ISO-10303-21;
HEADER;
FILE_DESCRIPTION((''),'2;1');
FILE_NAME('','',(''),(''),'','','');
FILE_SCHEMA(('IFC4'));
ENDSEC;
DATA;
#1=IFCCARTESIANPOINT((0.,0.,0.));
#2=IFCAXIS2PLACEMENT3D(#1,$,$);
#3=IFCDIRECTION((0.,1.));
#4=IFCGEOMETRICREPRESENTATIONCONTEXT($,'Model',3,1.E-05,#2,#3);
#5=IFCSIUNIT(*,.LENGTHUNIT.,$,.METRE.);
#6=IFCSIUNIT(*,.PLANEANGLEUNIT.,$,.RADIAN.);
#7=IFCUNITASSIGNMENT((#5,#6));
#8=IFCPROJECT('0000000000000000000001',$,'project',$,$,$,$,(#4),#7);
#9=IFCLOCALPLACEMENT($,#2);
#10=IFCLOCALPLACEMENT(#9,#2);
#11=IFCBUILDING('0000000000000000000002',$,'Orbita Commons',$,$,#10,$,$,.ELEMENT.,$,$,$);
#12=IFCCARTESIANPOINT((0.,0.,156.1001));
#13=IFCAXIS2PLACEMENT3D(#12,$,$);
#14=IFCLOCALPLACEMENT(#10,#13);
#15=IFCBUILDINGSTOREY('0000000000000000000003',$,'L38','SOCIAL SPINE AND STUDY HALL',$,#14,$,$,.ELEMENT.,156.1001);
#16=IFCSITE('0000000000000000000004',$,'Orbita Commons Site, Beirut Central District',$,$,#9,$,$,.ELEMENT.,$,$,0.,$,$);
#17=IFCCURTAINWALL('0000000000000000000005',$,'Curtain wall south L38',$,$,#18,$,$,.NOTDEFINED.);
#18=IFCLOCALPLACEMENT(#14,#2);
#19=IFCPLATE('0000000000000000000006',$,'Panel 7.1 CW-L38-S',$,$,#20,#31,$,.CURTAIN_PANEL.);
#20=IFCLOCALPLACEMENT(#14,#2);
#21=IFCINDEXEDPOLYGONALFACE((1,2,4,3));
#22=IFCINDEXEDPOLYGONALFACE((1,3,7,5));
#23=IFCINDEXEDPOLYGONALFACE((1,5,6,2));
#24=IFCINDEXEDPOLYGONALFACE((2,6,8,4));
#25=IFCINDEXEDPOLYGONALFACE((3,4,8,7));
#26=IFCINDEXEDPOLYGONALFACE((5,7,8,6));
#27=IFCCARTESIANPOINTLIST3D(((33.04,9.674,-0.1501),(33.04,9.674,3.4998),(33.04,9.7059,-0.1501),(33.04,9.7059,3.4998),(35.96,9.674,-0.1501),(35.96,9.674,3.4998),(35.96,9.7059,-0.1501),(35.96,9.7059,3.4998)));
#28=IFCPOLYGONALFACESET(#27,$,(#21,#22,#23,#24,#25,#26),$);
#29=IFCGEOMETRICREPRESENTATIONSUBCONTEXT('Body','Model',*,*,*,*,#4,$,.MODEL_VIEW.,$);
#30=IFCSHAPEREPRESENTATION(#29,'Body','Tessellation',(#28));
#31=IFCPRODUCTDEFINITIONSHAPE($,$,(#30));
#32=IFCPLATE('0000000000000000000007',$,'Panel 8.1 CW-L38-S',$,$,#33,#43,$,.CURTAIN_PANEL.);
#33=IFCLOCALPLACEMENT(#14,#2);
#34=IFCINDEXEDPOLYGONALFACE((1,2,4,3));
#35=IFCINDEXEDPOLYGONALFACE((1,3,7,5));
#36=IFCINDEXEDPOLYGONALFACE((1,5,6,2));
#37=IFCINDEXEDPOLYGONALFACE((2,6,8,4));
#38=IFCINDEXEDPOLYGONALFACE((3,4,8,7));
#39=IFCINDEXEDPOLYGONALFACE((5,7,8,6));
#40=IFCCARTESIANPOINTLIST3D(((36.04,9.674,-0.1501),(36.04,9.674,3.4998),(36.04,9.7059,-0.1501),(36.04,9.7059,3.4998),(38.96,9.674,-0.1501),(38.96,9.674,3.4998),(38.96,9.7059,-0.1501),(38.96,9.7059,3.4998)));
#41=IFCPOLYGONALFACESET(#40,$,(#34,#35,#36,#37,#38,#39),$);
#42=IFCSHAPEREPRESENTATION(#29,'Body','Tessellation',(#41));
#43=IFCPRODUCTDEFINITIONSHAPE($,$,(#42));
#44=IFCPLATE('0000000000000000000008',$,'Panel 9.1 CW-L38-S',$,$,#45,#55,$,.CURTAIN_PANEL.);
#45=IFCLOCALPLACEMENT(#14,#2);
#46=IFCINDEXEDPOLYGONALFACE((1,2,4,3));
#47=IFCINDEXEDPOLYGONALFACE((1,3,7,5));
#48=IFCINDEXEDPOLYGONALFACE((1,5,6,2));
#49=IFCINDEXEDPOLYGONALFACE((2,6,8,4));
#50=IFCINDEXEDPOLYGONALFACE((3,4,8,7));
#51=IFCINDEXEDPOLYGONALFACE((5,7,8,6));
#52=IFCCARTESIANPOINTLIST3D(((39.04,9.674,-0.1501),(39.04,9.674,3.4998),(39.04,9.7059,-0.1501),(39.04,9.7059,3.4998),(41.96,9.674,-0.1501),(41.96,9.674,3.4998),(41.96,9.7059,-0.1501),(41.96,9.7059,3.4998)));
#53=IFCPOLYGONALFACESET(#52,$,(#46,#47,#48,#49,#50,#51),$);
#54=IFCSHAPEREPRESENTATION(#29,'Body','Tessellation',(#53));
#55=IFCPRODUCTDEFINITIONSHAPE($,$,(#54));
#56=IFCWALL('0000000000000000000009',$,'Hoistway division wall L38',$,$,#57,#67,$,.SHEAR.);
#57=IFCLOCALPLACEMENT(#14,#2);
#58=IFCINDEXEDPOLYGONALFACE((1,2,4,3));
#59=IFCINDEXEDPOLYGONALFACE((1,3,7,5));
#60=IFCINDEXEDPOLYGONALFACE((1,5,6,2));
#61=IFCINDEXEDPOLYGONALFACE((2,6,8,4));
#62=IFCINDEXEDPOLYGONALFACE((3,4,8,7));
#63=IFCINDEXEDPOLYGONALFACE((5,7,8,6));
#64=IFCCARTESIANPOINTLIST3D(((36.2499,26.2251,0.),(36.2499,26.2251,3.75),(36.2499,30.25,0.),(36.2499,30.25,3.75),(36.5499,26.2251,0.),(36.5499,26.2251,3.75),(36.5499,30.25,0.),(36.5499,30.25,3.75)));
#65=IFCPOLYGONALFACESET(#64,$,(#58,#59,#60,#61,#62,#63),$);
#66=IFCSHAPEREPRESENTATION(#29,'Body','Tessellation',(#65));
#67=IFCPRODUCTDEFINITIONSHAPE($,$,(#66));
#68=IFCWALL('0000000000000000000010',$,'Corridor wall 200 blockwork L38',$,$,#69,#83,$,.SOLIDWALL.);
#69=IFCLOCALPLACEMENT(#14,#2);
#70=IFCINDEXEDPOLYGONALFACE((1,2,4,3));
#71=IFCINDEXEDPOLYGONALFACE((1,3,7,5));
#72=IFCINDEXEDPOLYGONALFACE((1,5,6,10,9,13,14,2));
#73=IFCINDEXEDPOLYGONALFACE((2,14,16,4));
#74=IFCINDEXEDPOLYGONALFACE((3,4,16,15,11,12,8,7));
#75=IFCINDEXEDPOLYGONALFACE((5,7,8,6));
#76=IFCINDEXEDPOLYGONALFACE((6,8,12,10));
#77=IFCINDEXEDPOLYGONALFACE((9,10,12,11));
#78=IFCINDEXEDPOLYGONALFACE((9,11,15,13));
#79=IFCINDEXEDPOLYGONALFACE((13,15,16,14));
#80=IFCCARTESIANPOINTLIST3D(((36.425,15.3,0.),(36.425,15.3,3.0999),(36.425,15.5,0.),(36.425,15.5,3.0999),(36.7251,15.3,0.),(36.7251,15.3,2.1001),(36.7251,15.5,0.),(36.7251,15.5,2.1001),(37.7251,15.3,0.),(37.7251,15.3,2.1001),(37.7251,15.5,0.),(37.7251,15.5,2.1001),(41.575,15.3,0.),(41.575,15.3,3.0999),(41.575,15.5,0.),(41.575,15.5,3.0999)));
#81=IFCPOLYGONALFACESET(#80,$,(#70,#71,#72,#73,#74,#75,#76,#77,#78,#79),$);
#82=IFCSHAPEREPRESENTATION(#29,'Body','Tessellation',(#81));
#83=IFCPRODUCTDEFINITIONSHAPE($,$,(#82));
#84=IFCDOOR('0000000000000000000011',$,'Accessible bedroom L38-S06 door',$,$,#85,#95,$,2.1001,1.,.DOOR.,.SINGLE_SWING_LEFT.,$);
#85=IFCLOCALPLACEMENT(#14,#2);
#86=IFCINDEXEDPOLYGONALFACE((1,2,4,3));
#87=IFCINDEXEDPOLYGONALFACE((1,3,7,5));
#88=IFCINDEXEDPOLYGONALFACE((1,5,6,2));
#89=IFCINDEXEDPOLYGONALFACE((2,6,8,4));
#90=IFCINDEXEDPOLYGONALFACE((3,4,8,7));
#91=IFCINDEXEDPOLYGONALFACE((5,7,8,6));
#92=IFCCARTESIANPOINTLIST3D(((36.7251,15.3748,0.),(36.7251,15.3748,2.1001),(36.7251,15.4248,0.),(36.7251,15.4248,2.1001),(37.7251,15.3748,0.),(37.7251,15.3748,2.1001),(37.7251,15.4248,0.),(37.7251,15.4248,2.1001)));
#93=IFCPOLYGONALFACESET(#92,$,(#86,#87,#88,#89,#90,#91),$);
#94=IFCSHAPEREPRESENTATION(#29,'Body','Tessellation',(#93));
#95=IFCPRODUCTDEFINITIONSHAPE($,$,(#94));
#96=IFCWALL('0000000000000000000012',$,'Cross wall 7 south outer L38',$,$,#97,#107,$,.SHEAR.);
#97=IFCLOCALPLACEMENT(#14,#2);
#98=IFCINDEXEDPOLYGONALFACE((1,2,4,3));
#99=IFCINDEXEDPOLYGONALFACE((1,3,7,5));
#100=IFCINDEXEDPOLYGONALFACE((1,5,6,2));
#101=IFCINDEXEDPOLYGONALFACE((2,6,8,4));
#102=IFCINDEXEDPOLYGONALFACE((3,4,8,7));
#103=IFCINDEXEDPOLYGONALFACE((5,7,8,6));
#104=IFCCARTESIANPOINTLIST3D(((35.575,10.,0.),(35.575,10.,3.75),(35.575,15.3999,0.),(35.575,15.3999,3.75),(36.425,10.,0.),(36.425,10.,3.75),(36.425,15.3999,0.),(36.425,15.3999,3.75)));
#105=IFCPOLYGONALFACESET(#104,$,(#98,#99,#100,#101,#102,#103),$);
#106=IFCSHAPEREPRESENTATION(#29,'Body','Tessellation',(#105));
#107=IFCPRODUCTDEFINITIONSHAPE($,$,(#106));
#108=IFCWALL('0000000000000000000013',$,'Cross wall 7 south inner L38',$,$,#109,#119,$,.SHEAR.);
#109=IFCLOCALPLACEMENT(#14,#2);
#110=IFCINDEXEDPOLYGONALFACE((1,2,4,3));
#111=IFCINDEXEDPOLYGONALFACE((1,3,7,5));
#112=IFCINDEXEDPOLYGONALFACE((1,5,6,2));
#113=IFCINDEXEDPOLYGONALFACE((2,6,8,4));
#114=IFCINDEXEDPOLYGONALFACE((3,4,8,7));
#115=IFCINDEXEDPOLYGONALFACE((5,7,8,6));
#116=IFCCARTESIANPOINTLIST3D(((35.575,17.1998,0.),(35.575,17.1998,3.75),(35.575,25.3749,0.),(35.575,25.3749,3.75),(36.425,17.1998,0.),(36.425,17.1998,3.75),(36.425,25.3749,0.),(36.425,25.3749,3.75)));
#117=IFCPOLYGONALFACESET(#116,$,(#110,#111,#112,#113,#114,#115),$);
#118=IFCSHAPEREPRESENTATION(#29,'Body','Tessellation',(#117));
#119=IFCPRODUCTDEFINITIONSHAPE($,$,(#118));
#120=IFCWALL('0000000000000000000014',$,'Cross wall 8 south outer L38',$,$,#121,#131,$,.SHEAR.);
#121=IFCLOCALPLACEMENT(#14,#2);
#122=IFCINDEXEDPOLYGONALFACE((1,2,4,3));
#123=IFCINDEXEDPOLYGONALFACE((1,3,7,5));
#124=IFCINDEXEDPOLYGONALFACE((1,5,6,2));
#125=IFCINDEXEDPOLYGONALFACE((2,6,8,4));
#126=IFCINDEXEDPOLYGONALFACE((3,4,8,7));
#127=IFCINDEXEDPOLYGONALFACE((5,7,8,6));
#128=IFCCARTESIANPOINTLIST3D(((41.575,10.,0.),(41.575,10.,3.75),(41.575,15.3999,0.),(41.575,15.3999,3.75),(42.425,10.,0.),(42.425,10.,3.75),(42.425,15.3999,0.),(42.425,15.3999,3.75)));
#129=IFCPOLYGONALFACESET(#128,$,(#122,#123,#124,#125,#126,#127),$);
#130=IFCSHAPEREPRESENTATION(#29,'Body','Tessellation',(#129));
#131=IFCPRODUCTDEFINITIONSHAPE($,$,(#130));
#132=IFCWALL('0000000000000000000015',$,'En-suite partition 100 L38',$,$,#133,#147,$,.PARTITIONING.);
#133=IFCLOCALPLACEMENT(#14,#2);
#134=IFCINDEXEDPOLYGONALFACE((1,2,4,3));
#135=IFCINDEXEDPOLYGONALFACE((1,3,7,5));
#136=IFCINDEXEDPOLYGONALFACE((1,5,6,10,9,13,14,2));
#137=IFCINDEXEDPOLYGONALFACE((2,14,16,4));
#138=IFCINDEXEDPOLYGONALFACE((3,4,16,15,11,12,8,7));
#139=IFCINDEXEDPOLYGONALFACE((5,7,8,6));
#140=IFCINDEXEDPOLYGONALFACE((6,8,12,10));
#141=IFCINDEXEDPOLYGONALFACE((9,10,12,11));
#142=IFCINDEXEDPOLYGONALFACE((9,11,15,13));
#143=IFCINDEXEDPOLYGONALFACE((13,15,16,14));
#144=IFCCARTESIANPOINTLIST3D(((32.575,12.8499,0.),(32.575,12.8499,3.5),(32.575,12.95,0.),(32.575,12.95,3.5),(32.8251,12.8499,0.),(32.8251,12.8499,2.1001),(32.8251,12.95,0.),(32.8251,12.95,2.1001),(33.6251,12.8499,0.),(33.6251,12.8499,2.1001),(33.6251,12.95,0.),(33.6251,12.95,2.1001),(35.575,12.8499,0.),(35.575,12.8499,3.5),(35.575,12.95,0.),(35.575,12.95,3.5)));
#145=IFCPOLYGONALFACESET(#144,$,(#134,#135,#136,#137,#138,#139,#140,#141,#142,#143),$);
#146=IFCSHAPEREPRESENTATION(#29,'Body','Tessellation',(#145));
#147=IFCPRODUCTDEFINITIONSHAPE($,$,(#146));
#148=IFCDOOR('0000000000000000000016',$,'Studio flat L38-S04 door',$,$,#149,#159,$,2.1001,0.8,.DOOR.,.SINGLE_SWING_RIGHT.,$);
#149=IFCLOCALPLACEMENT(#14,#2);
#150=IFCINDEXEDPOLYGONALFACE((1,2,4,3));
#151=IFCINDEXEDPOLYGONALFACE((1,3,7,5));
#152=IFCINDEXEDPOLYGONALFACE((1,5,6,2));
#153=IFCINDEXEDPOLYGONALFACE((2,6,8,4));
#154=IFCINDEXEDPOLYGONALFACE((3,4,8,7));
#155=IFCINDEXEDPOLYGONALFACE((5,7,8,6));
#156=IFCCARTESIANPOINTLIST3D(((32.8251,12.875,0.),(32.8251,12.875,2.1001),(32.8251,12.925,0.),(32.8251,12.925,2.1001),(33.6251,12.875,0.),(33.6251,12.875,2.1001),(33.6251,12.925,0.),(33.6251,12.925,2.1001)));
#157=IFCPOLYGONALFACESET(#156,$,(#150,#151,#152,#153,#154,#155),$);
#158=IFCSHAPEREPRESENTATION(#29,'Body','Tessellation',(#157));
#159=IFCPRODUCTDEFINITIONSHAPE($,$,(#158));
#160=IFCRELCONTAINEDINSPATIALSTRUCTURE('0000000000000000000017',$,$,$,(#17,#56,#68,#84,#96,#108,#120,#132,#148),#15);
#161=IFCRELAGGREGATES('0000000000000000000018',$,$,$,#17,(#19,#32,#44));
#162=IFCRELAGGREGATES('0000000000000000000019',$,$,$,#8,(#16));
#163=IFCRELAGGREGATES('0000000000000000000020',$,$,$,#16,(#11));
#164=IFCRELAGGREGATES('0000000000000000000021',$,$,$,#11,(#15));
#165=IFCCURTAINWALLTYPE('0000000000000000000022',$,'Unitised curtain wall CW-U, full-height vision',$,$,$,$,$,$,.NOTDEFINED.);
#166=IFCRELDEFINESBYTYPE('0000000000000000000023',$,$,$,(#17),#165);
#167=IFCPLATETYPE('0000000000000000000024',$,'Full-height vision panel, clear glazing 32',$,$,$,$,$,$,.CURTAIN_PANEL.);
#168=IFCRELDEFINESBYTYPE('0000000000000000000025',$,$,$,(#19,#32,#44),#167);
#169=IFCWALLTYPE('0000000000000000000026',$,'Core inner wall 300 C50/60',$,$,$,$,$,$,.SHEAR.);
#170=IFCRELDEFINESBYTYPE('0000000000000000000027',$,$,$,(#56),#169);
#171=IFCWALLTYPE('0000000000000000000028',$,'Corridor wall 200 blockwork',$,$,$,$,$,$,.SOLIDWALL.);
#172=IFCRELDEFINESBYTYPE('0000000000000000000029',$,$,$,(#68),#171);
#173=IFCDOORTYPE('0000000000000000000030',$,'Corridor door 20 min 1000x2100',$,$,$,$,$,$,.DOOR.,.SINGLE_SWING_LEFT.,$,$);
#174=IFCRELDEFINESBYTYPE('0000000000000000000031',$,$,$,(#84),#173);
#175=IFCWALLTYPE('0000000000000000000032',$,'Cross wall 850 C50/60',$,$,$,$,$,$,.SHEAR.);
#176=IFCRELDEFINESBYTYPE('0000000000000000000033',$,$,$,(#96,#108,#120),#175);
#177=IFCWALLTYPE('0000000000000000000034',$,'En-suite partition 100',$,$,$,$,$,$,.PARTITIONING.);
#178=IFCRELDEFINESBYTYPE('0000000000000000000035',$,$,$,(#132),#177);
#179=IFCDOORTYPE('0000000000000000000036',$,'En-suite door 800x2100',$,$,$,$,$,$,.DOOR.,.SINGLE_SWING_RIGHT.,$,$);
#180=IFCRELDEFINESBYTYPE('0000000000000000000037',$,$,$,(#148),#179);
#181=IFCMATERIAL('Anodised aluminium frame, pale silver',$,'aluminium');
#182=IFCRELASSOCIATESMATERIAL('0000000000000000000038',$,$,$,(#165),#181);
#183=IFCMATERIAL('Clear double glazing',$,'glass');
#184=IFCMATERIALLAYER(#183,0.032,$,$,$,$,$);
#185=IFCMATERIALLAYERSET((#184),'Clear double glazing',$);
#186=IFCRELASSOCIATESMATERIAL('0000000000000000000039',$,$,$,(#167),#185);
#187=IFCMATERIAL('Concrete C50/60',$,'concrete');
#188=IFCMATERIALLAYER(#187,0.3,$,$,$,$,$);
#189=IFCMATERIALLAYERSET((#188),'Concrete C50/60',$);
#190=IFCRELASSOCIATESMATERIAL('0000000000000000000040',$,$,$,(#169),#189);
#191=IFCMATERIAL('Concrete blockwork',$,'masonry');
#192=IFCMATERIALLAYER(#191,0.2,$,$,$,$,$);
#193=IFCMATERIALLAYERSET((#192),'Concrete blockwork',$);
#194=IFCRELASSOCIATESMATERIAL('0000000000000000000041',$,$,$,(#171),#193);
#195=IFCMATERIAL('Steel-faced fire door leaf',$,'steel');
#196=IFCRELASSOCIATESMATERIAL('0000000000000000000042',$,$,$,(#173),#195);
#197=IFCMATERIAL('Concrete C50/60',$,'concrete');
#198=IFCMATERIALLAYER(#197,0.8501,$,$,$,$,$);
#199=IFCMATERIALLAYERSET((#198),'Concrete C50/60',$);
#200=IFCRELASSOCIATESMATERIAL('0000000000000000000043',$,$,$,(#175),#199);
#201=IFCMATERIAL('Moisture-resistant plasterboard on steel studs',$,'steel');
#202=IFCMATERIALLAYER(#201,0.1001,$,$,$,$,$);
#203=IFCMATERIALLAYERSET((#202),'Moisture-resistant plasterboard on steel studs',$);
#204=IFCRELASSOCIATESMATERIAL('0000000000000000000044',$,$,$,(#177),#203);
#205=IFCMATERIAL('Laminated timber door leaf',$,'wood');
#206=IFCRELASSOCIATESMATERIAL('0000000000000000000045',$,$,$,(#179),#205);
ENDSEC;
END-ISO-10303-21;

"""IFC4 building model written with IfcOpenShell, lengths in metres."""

from ifc_helpers import new_model, si_unit, direction, frame, frame_2d, origin, origin_2d, place, context, subcontext, project, spatial, polyline, rectangle, outline, extrude, material, layer, layer_set, type_object, element, fill, aggregate, save


model = new_model("IFC4")

# Units and contexts
model_context = context("Model", 3, precision=1e-05, world=origin(), true_north=direction((0.0, 1.0)))
body_context = subcontext(model_context, "Body", "Model", "MODEL_VIEW")
ifc_project = project(units=[si_unit("LENGTHUNIT", "METRE"), si_unit("PLANEANGLEUNIT", "RADIAN")], contexts=[model_context])

# Site, building, storey
site_placement = place(None, origin())
site = spatial("IfcSite", under=ifc_project, at=site_placement, Name="Orbita Commons Site, Beirut Central District", CompositionType="ELEMENT", RefElevation=0.0)
building_placement = place(site_placement, origin())
building = spatial("IfcBuilding", under=site, at=building_placement, Name="Orbita Commons", CompositionType="ELEMENT")
storey_placement = place(building_placement, frame((0.0, 0.0, 156.1001)))
storey = spatial("IfcBuildingStorey", under=building, at=storey_placement, Name="L38", Description="SOCIAL SPINE AND STUDY HALL", CompositionType="ELEMENT", Elevation=156.1001)

# Curtain wall
ifc_material_1 = material(Name="Anodised aluminium frame, pale silver", Category="aluminium")
curtain_wall_type = type_object("IfcCurtainWallType", Name="Unitised curtain wall CW-U, full-height vision", PredefinedType="NOTDEFINED", material=ifc_material_1)
curtain_wall_placement = place(storey_placement, origin())
curtain_wall = element("IfcCurtainWall", 1, at=curtain_wall_placement, inside=storey, type_object=curtain_wall_type, Name="Curtain wall south L38", PredefinedType="NOTDEFINED")

# Plates
ifc_material_2 = material(Name="Clear double glazing", Category="glass")
ifc_layer_1 = layer(ifc_material_2, 0.032)
ifc_layer_set_1 = layer_set([ifc_layer_1], Name="Clear double glazing")
plate_type = type_object("IfcPlateType", Name="Full-height vision panel, clear glazing 32", PredefinedType="CURTAIN_PANEL", material=ifc_layer_set_1)
plate_1_placement = place(storey_placement, frame((34.5, 9.6899, -0.1501), z_axis=(0.0, 0.0, 1.0), x_axis=(1.0, 0.0, 0.0)))
plate_1 = element("IfcPlate", 2, at=plate_1_placement, type_object=plate_type, Name="Panel 7.1 CW-L38-S", PredefinedType="CURTAIN_PANEL", context=body_context, shape_type="SweptSolid", body=[
    extrude(rectangle(XDim=2.9199, YDim=0.032, at=origin_2d()), origin(), (0.0, 0.0, 1.0), 3.6499),
])
plate_2_placement = place(storey_placement, frame((37.5, 9.6899, -0.1501), z_axis=(0.0, 0.0, 1.0), x_axis=(1.0, 0.0, 0.0)))
plate_2 = element("IfcPlate", 3, at=plate_2_placement, type_object=plate_type, Name="Panel 8.1 CW-L38-S", PredefinedType="CURTAIN_PANEL", context=body_context, shape_type="SweptSolid", body=[
    extrude(rectangle(XDim=2.9199, YDim=0.032, at=origin_2d()), origin(), (0.0, 0.0, 1.0), 3.6499),
])
plate_3_placement = place(storey_placement, frame((40.5, 9.6899, -0.1501), z_axis=(0.0, 0.0, 1.0), x_axis=(1.0, 0.0, 0.0)))
plate_3 = element("IfcPlate", 4, at=plate_3_placement, type_object=plate_type, Name="Panel 9.1 CW-L38-S", PredefinedType="CURTAIN_PANEL", context=body_context, shape_type="SweptSolid", body=[
    extrude(rectangle(XDim=2.9199, YDim=0.032, at=origin_2d()), origin(), (0.0, 0.0, 1.0), 3.6499),
])
aggregate(curtain_wall, [plate_1, plate_2, plate_3])

# Wall
ifc_material_3 = material(Name="Concrete C50/60", Category="concrete")
ifc_layer_2 = layer(ifc_material_3, 0.3)
ifc_layer_set_2 = layer_set([ifc_layer_2], Name="Concrete C50/60")
wall_type_1 = type_object("IfcWallType", Name="Core inner wall 300 C50/60", PredefinedType="SHEAR", material=ifc_layer_set_2)
wall_1_placement = place(storey_placement, frame((36.3999, 26.2251, 0.0), z_axis=(0.0, 0.0, 1.0), x_axis=(0.0, 1.0, 0.0)))
element("IfcWall", 5, at=wall_1_placement, inside=storey, type_object=wall_type_1, Name="Hoistway division wall L38", PredefinedType="SHEAR", context=body_context, shape_type="SweptSolid", body=[
    extrude(rectangle(XDim=4.0249, YDim=0.3, at=frame_2d((2.0125, 0.0))), origin(), (0.0, 0.0, 1.0), 3.75),
])

# Wall, opening, door
ifc_material_4 = material(Name="Concrete blockwork", Category="masonry")
ifc_layer_3 = layer(ifc_material_4, 0.2)
ifc_layer_set_3 = layer_set([ifc_layer_3], Name="Concrete blockwork")
wall_type_2 = type_object("IfcWallType", Name="Corridor wall 200 blockwork", PredefinedType="SOLIDWALL", material=ifc_layer_set_3)
wall_2_placement = place(storey_placement, frame((36.425, 15.3999, 0.0), z_axis=(0.0, 0.0, 1.0), x_axis=(1.0, 0.0, 0.0)))
wall_2 = element("IfcWall", 6, at=wall_2_placement, inside=storey, type_object=wall_type_2, Name="Corridor wall 200 blockwork L38", PredefinedType="SOLIDWALL", context=body_context, shape_type="SweptSolid", body=[
    extrude(outline(polyline([(0.0, 0.0), (5.1499, 0.0), (5.1499, 3.0999), (0.0, 3.0999), (0.0, 0.0)])), frame((0.0, 0.1001, 0.0), z_axis=(0.0, -1.0, 0.0), x_axis=(1.0, 0.0, 0.0)), (0.0, 0.0, 1.0), 0.2),
])
opening_1_placement = place(wall_2_placement, frame((0.3, 0.0, 0.0)))
opening_1 = element("IfcOpeningElement", 7, at=opening_1_placement, cuts=wall_2, PredefinedType="OPENING", context=body_context, shape_type="SweptSolid", body=[
    extrude(rectangle(XDim=1.0, YDim=2.1001, at=frame_2d((0.5, 1.05))), frame((0.0, 0.1099, 0.0), z_axis=(0.0, -1.0, 0.0), x_axis=(1.0, 0.0, 0.0)), (0.0, 0.0, 1.0), 0.22),
])
ifc_material_5 = material(Name="Steel-faced fire door leaf", Category="steel")
door_type_1 = type_object("IfcDoorType", Name="Corridor door 20 min 1000x2100", OperationType="SINGLE_SWING_LEFT", PredefinedType="DOOR", material=ifc_material_5)
door_1_placement = place(opening_1_placement, origin())
door_1 = element("IfcDoor", 8, at=door_1_placement, inside=storey, type_object=door_type_1, Name="Accessible bedroom L38-S06 door", OperationType="SINGLE_SWING_LEFT", OverallHeight=2.1001, OverallWidth=1.0, PredefinedType="DOOR", context=body_context, shape_type="SweptSolid", body=[
    extrude(rectangle(XDim=1.0, YDim=2.1001, at=frame_2d((0.5, 1.05))), frame((0.0, 0.0249, 0.0), z_axis=(0.0, -1.0, 0.0), x_axis=(1.0, 0.0, 0.0)), (0.0, 0.0, 1.0), 0.05),
])
fill(opening_1, door_1)

# Walls
ifc_material_6 = material(Name="Concrete C50/60", Category="concrete")
ifc_layer_4 = layer(ifc_material_6, 0.8501)
ifc_layer_set_4 = layer_set([ifc_layer_4], Name="Concrete C50/60")
wall_type_3 = type_object("IfcWallType", Name="Cross wall 850 C50/60", PredefinedType="SHEAR", material=ifc_layer_set_4)
wall_3_placement = place(storey_placement, frame((36.0, 10.0, 0.0), z_axis=(0.0, 0.0, 1.0), x_axis=(0.0, 1.0, 0.0)))
element("IfcWall", 9, at=wall_3_placement, inside=storey, type_object=wall_type_3, Name="Cross wall 7 south outer L38", PredefinedType="SHEAR", context=body_context, shape_type="SweptSolid", body=[
    extrude(rectangle(XDim=5.3999, YDim=0.8501, at=frame_2d((2.7, 0.0))), origin(), (0.0, 0.0, 1.0), 3.75),
])
wall_4_placement = place(storey_placement, frame((36.0, 17.2, 0.0), z_axis=(0.0, 0.0, 1.0), x_axis=(0.0, 1.0, 0.0)))
element("IfcWall", 10, at=wall_4_placement, inside=storey, type_object=wall_type_3, Name="Cross wall 7 south inner L38", PredefinedType="SHEAR", context=body_context, shape_type="SweptSolid", body=[
    extrude(rectangle(XDim=8.175, YDim=0.8501, at=frame_2d((4.0874, 0.0))), origin(), (0.0, 0.0, 1.0), 3.75),
])
wall_5_placement = place(storey_placement, frame((42.0, 10.0, 0.0), z_axis=(0.0, 0.0, 1.0), x_axis=(0.0, 1.0, 0.0)))
element("IfcWall", 11, at=wall_5_placement, inside=storey, type_object=wall_type_3, Name="Cross wall 8 south outer L38", PredefinedType="SHEAR", context=body_context, shape_type="SweptSolid", body=[
    extrude(rectangle(XDim=5.3999, YDim=0.8501, at=frame_2d((2.7, 0.0))), origin(), (0.0, 0.0, 1.0), 3.75),
])

# Wall, opening, door
ifc_material_7 = material(Name="Moisture-resistant plasterboard on steel studs", Category="steel")
ifc_layer_5 = layer(ifc_material_7, 0.1001)
ifc_layer_set_5 = layer_set([ifc_layer_5], Name="Moisture-resistant plasterboard on steel studs")
wall_type_4 = type_object("IfcWallType", Name="En-suite partition 100", PredefinedType="PARTITIONING", material=ifc_layer_set_5)
wall_6_placement = place(storey_placement, frame((35.575, 12.8999, 0.0), z_axis=(0.0, 0.0, 1.0), x_axis=(-1.0, 0.0, 0.0)))
wall_6 = element("IfcWall", 12, at=wall_6_placement, inside=storey, type_object=wall_type_4, Name="En-suite partition 100 L38", PredefinedType="PARTITIONING", context=body_context, shape_type="SweptSolid", body=[
    extrude(rectangle(XDim=3.0, YDim=0.1001, at=frame_2d((1.5, 0.0))), origin(), (0.0, 0.0, 1.0), 3.5),
])
opening_2_placement = place(wall_6_placement, frame((1.95, 0.0, 0.0)))
opening_2 = element("IfcOpeningElement", 13, at=opening_2_placement, cuts=wall_6, PredefinedType="OPENING", context=body_context, shape_type="SweptSolid", body=[
    extrude(rectangle(XDim=0.8, YDim=2.1001, at=frame_2d((0.3999, 1.05))), frame((0.0, 0.0601, 0.0), z_axis=(0.0, -1.0, 0.0), x_axis=(1.0, 0.0, 0.0)), (0.0, 0.0, 1.0), 0.1201),
])
ifc_material_8 = material(Name="Laminated timber door leaf", Category="wood")
door_type_2 = type_object("IfcDoorType", Name="En-suite door 800x2100", OperationType="SINGLE_SWING_RIGHT", PredefinedType="DOOR", material=ifc_material_8)
door_2_placement = place(opening_2_placement, origin())
door_2 = element("IfcDoor", 14, at=door_2_placement, inside=storey, type_object=door_type_2, Name="Studio flat L38-S04 door", OperationType="SINGLE_SWING_RIGHT", OverallHeight=2.1001, OverallWidth=0.8, PredefinedType="DOOR", context=body_context, shape_type="SweptSolid", body=[
    extrude(rectangle(XDim=0.8, YDim=2.1001, at=frame_2d((0.3999, 1.05))), frame((0.0, 0.0249, 0.0), z_axis=(0.0, -1.0, 0.0), x_axis=(1.0, 0.0, 0.0)), (0.0, 0.0, 1.0), 0.05),
])
fill(opening_2, door_2)

save(model, "model.ifc")
